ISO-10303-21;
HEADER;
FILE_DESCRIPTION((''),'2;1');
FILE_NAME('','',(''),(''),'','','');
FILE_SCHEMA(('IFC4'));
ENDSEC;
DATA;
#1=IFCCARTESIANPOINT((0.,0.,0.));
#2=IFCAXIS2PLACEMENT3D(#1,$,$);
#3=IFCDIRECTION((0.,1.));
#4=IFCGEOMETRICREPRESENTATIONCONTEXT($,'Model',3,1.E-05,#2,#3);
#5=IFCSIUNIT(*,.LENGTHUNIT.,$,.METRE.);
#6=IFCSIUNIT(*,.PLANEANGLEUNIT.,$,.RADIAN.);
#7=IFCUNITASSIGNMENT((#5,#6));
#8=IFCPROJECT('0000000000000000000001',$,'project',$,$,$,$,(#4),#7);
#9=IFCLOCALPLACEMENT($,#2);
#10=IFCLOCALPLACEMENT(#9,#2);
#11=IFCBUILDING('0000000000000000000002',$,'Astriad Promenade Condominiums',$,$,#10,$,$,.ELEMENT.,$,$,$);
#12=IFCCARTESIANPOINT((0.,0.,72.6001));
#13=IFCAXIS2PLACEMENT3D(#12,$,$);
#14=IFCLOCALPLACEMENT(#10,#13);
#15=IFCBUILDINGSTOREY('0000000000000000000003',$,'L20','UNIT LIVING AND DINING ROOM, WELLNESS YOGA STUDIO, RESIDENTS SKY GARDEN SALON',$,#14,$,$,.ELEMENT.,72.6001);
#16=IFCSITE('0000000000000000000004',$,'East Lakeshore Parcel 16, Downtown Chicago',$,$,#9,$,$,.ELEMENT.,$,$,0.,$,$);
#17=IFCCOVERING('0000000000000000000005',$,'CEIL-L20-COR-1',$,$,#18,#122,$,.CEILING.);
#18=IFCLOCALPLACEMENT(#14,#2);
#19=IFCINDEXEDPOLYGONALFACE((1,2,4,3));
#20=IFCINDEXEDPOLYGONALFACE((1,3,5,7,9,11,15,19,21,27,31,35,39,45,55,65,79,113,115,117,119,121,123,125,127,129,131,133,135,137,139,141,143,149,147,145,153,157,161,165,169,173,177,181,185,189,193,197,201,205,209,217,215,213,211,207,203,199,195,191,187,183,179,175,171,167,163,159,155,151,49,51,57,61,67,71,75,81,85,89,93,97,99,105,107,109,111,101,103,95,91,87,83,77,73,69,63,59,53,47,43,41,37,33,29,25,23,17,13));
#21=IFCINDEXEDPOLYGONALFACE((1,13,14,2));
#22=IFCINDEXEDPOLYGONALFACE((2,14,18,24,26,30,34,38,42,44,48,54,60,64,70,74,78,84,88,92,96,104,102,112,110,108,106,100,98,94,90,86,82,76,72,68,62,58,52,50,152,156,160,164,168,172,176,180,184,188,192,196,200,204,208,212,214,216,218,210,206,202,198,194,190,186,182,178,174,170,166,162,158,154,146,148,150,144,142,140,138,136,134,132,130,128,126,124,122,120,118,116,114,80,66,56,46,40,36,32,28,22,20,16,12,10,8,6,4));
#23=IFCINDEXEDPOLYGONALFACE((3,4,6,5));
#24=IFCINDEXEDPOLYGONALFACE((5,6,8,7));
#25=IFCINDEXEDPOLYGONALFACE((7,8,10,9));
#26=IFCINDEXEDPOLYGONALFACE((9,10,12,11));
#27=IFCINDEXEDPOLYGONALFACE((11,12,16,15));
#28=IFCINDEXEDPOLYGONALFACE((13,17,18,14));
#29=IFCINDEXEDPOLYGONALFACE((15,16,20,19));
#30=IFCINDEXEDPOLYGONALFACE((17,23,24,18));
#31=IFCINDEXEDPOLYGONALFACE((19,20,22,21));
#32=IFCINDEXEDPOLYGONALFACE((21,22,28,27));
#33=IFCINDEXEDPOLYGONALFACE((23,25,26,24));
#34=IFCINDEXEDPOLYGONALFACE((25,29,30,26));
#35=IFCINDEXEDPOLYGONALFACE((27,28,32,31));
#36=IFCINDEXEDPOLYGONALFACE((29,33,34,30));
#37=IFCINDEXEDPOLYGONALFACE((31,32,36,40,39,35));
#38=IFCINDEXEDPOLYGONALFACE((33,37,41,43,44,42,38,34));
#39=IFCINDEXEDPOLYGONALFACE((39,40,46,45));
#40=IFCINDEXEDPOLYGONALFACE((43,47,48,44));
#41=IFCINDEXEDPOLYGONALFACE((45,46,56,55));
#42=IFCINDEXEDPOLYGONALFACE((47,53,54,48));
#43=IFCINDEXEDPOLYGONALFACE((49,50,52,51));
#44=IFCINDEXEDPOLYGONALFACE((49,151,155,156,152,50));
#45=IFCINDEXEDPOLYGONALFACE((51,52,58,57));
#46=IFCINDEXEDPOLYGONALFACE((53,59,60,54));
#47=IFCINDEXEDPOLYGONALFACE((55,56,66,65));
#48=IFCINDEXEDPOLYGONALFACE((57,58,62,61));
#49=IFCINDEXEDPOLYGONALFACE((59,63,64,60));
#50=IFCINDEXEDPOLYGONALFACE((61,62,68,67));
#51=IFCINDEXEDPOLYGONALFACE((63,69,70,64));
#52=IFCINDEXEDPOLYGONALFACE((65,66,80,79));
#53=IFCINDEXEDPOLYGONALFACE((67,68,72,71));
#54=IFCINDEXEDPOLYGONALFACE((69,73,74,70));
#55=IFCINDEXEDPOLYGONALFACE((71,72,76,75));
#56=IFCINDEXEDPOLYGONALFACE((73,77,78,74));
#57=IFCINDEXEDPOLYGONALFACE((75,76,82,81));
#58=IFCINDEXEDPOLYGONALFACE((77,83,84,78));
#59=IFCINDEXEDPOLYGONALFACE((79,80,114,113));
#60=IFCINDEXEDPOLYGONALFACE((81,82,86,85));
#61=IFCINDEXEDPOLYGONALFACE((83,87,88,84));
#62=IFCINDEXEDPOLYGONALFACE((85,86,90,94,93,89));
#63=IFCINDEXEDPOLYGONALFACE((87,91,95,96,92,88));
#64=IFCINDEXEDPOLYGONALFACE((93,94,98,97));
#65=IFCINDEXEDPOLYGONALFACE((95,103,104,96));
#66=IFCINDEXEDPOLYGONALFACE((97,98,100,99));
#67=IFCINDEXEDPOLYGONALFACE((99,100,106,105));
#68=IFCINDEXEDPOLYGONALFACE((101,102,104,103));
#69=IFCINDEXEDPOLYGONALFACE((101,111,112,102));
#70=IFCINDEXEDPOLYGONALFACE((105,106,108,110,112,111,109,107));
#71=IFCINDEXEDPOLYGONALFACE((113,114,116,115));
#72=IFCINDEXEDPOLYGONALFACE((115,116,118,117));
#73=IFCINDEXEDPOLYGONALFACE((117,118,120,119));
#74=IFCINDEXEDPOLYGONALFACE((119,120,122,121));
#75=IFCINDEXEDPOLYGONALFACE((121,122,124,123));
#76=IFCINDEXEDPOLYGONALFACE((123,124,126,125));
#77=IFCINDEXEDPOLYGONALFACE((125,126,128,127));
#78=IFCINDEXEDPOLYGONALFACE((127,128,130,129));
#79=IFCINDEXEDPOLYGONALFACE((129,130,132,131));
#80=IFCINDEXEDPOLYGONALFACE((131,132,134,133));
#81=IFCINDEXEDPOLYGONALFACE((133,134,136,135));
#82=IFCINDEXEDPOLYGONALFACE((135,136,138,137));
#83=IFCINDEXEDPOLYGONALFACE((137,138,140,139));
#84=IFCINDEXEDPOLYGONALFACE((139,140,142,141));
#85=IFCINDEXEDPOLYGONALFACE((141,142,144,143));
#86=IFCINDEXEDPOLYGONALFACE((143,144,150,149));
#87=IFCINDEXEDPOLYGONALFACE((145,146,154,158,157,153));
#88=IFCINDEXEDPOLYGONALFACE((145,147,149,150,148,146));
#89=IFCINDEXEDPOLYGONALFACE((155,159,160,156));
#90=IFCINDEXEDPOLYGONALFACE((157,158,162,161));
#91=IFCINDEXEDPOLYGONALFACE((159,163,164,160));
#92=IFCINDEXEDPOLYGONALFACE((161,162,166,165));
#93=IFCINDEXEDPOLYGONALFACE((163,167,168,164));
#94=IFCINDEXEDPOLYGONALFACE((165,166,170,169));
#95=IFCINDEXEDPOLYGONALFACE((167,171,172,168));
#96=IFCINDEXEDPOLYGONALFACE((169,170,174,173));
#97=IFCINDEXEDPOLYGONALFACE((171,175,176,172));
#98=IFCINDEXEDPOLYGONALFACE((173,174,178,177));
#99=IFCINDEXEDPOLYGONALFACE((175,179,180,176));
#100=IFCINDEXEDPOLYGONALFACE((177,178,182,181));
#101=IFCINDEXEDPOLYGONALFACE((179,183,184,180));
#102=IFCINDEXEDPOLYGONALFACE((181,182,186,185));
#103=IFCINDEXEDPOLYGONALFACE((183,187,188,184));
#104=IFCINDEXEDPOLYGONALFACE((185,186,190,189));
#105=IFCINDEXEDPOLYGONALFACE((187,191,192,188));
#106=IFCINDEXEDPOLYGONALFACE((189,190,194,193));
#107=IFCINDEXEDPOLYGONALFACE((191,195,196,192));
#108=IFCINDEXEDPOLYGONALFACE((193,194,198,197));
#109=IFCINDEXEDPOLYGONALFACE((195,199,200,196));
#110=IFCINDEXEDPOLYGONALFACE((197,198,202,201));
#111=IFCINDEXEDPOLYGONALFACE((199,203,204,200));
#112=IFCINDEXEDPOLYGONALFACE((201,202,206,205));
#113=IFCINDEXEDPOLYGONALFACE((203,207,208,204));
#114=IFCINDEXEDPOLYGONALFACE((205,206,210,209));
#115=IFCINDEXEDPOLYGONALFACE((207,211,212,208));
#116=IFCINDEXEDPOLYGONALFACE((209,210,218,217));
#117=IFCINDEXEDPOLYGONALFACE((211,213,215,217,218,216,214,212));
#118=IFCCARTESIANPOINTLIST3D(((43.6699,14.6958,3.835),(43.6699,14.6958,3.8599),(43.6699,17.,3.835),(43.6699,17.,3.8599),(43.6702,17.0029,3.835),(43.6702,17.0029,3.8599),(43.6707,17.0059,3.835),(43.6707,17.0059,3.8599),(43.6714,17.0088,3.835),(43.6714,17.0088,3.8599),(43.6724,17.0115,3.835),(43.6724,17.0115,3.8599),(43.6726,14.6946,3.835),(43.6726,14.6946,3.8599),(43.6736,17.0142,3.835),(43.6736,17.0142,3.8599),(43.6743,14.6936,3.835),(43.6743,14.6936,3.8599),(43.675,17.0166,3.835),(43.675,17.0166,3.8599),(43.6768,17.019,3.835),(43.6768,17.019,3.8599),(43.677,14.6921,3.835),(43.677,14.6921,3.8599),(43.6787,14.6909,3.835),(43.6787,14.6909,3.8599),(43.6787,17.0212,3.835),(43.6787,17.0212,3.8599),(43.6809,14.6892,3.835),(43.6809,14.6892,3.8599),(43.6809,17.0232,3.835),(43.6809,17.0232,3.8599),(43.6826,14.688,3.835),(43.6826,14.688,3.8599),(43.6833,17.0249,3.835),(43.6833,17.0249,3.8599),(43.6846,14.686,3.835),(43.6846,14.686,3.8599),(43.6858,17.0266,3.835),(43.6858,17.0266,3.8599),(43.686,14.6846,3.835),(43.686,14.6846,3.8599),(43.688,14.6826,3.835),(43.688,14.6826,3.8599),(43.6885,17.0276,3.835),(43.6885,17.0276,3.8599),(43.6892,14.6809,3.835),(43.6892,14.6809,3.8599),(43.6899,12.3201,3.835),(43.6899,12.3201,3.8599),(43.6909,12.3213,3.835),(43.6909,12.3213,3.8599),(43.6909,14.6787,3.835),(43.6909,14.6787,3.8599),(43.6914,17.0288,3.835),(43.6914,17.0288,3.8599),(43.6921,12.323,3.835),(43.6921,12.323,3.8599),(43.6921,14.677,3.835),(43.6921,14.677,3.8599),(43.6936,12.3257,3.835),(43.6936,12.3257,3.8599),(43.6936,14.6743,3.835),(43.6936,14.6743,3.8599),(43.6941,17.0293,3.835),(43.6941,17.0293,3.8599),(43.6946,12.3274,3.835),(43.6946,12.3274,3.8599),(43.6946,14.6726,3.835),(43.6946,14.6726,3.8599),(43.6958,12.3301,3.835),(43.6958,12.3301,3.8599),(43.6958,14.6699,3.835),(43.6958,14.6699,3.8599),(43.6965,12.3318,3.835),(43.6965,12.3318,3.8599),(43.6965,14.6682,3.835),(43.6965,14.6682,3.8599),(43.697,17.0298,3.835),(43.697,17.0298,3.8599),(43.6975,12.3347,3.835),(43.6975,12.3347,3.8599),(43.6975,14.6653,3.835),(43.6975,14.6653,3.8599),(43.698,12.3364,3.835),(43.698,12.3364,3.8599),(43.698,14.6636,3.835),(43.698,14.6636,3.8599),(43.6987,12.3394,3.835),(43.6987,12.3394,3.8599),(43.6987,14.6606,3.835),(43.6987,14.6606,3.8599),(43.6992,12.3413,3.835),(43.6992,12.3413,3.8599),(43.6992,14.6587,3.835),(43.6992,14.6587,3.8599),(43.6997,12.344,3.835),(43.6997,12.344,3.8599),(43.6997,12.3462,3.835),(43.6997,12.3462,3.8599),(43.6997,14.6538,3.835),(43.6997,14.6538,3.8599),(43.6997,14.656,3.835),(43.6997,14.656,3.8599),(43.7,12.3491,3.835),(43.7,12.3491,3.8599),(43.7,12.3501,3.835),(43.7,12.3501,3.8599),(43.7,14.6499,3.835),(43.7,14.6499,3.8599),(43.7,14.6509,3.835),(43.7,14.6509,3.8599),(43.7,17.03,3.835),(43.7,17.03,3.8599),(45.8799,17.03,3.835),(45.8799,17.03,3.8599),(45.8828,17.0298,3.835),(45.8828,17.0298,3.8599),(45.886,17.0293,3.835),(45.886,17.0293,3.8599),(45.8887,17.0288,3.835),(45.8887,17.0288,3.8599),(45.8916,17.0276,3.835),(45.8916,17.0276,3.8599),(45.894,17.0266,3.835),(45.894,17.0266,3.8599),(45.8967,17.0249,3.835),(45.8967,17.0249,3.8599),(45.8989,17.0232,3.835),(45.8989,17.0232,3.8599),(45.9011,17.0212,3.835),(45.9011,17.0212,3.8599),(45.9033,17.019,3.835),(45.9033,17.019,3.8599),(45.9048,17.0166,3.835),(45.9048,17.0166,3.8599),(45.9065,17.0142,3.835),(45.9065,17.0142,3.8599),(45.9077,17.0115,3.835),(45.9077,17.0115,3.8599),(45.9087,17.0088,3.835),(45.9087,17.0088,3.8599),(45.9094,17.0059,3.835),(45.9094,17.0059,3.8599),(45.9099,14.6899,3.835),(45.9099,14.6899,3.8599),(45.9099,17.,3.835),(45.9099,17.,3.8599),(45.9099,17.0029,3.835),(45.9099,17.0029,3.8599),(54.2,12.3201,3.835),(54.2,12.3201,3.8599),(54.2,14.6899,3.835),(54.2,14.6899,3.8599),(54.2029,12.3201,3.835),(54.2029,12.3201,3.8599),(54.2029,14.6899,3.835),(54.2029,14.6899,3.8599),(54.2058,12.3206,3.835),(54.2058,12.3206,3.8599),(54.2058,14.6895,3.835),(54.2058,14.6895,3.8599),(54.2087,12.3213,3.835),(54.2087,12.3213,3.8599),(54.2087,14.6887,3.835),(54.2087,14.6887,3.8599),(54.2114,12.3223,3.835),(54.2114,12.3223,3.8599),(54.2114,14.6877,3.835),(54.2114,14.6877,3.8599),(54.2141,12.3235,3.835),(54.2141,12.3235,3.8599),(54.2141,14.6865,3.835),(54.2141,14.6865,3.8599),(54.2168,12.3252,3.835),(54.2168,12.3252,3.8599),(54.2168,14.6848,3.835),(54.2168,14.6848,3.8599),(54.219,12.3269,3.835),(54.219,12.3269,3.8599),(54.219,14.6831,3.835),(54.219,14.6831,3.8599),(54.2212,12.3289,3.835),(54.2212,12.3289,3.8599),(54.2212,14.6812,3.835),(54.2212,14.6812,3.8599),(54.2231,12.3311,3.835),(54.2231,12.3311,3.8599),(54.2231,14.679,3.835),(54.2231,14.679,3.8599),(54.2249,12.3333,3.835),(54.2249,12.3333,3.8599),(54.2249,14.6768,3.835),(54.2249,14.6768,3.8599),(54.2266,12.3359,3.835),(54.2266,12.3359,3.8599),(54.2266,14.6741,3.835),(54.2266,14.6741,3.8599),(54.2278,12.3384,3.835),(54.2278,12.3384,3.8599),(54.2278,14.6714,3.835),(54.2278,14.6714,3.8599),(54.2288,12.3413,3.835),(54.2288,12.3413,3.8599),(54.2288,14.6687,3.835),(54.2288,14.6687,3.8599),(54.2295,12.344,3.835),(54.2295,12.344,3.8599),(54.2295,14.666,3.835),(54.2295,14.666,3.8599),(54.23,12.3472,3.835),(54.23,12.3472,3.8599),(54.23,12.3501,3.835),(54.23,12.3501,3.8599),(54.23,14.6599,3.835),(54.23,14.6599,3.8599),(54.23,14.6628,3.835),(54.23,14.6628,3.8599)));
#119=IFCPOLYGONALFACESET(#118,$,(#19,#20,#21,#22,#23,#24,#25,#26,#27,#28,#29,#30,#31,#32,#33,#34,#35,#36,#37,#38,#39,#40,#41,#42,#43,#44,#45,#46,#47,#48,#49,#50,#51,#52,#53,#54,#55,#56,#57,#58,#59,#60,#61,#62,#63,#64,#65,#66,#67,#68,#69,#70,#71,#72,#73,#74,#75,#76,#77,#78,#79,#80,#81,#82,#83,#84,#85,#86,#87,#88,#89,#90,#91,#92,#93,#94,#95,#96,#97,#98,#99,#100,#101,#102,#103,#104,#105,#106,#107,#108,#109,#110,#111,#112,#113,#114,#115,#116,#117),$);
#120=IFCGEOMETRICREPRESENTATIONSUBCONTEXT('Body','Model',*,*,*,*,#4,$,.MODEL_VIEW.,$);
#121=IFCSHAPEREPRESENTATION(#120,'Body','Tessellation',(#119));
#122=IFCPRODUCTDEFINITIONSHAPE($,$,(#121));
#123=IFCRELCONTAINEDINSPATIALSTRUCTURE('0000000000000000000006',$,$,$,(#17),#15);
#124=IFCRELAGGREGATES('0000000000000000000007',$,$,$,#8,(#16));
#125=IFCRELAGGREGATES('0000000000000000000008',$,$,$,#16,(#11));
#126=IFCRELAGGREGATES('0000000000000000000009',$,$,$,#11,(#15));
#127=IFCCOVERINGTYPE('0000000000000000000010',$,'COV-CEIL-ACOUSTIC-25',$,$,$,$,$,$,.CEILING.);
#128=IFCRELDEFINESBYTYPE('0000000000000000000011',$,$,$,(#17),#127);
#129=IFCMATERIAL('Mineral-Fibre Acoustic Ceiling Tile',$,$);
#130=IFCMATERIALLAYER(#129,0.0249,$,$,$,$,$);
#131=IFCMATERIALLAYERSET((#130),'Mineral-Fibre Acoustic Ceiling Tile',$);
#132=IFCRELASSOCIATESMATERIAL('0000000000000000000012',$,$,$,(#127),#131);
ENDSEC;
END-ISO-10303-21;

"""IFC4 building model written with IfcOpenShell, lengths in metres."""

from ifc_helpers import new_model, si_unit, direction, frame, origin, place, context, subcontext, project, spatial, polyline, outline, extrude, material, layer, layer_set, type_object, element, save


model = new_model("IFC4")

# Units and contexts
model_context = context("Model", 3, precision=1e-05, world=origin(), true_north=direction((0.0, 1.0)))
body_context = subcontext(model_context, "Body", "Model", "MODEL_VIEW")
ifc_project = project(units=[si_unit("LENGTHUNIT", "METRE"), si_unit("PLANEANGLEUNIT", "RADIAN")], contexts=[model_context])

# Site, building, storey
site_placement = place(None, origin())
site = spatial("IfcSite", under=ifc_project, at=site_placement, Name="East Lakeshore Parcel 16, Downtown Chicago", CompositionType="ELEMENT", RefElevation=0.0)
building_placement = place(site_placement, origin())
building = spatial("IfcBuilding", under=site, at=building_placement, Name="Astriad Promenade Condominiums", CompositionType="ELEMENT")
storey_placement = place(building_placement, frame((0.0, 0.0, 72.6001)))
storey = spatial("IfcBuildingStorey", under=building, at=storey_placement, Name="L20", Description="UNIT LIVING AND DINING ROOM, WELLNESS YOGA STUDIO, RESIDENTS SKY GARDEN SALON", CompositionType="ELEMENT", Elevation=72.6001)

# Covering
ifc_material_1 = material(Name="Mineral-Fibre Acoustic Ceiling Tile")
ifc_layer_1 = layer(ifc_material_1, 0.0249)
ifc_layer_set_1 = layer_set([ifc_layer_1], Name="Mineral-Fibre Acoustic Ceiling Tile")
covering_type_1 = type_object("IfcCoveringType", Name="COV-CEIL-ACOUSTIC-25", PredefinedType="CEILING", material=ifc_layer_set_1)
covering_1_placement = place(storey_placement, frame((0.0, 0.0, 3.835)))
element("IfcCovering", 1, at=covering_1_placement, inside=storey, type_object=covering_type_1, Name="CEIL-L20-COR-1", PredefinedType="CEILING", context=body_context, shape_type="SweptSolid", body=[
    extrude(outline(polyline([(43.6699, 17.0), (43.6702, 17.0029), (43.6707, 17.0059), (43.6714, 17.0088), (43.6724, 17.0115), (43.6736, 17.0142), (43.675, 17.0166), (43.6768, 17.019), (43.6787, 17.0212), (43.6809, 17.0232), (43.6833, 17.0249), (43.6858, 17.0266), (43.6885, 17.0276), (43.6914, 17.0288), (43.6941, 17.0293), (43.697, 17.0298), (43.7, 17.03), (45.8799, 17.03), (45.8828, 17.0298), (45.886, 17.0293), (45.8887, 17.0288), (45.8916, 17.0276), (45.894, 17.0266), (45.8967, 17.0249), (45.8989, 17.0232), (45.9011, 17.0212), (45.9033, 17.019), (45.9048, 17.0166), (45.9065, 17.0142), (45.9077, 17.0115), (45.9087, 17.0088), (45.9094, 17.0059), (45.9099, 17.0029), (45.9099, 17.0), (45.9099, 14.6899), (54.2, 14.6899), (54.2029, 14.6899), (54.2058, 14.6895), (54.2087, 14.6887), (54.2114, 14.6877), (54.2141, 14.6865), (54.2168, 14.6848), (54.219, 14.6831), (54.2212, 14.6812), (54.2231, 14.679), (54.2249, 14.6768), (54.2266, 14.6741), (54.2278, 14.6714), (54.2288, 14.6687), (54.2295, 14.666), (54.23, 14.6628), (54.23, 14.6599), (54.23, 12.3501), (54.23, 12.3472), (54.2295, 12.344), (54.2288, 12.3413), (54.2278, 12.3384), (54.2266, 12.3359), (54.2249, 12.3333), (54.2231, 12.3311), (54.2212, 12.3289), (54.219, 12.3269), (54.2168, 12.3252), (54.2141, 12.3235), (54.2114, 12.3223), (54.2087, 12.3213), (54.2058, 12.3206), (54.2029, 12.3201), (54.2, 12.3201), (43.6899, 12.3201), (43.6909, 12.3213), (43.6921, 12.323), (43.6936, 12.3257), (43.6946, 12.3274), (43.6958, 12.3301), (43.6965, 12.3318), (43.6975, 12.3347), (43.698, 12.3364), (43.6987, 12.3394), (43.6992, 12.3413), (43.6997, 12.344), (43.6997, 12.3462), (43.7, 12.3491), (43.7, 12.3501), (43.7, 14.6499), (43.7, 14.6509), (43.6997, 14.6538), (43.6997, 14.656), (43.6992, 14.6587), (43.6987, 14.6606), (43.698, 14.6636), (43.6975, 14.6653), (43.6965, 14.6682), (43.6958, 14.6699), (43.6946, 14.6726), (43.6936, 14.6743), (43.6921, 14.677), (43.6909, 14.6787), (43.6892, 14.6809), (43.688, 14.6826), (43.686, 14.6846), (43.6846, 14.686), (43.6826, 14.688), (43.6809, 14.6892), (43.6787, 14.6909), (43.677, 14.6921), (43.6743, 14.6936), (43.6726, 14.6946), (43.6699, 14.6958), (43.6699, 14.6958), (43.6699, 17.0)])), origin(), (0.0, 0.0, 1.0), 0.0249),
])

save(model, "model.ifc")
